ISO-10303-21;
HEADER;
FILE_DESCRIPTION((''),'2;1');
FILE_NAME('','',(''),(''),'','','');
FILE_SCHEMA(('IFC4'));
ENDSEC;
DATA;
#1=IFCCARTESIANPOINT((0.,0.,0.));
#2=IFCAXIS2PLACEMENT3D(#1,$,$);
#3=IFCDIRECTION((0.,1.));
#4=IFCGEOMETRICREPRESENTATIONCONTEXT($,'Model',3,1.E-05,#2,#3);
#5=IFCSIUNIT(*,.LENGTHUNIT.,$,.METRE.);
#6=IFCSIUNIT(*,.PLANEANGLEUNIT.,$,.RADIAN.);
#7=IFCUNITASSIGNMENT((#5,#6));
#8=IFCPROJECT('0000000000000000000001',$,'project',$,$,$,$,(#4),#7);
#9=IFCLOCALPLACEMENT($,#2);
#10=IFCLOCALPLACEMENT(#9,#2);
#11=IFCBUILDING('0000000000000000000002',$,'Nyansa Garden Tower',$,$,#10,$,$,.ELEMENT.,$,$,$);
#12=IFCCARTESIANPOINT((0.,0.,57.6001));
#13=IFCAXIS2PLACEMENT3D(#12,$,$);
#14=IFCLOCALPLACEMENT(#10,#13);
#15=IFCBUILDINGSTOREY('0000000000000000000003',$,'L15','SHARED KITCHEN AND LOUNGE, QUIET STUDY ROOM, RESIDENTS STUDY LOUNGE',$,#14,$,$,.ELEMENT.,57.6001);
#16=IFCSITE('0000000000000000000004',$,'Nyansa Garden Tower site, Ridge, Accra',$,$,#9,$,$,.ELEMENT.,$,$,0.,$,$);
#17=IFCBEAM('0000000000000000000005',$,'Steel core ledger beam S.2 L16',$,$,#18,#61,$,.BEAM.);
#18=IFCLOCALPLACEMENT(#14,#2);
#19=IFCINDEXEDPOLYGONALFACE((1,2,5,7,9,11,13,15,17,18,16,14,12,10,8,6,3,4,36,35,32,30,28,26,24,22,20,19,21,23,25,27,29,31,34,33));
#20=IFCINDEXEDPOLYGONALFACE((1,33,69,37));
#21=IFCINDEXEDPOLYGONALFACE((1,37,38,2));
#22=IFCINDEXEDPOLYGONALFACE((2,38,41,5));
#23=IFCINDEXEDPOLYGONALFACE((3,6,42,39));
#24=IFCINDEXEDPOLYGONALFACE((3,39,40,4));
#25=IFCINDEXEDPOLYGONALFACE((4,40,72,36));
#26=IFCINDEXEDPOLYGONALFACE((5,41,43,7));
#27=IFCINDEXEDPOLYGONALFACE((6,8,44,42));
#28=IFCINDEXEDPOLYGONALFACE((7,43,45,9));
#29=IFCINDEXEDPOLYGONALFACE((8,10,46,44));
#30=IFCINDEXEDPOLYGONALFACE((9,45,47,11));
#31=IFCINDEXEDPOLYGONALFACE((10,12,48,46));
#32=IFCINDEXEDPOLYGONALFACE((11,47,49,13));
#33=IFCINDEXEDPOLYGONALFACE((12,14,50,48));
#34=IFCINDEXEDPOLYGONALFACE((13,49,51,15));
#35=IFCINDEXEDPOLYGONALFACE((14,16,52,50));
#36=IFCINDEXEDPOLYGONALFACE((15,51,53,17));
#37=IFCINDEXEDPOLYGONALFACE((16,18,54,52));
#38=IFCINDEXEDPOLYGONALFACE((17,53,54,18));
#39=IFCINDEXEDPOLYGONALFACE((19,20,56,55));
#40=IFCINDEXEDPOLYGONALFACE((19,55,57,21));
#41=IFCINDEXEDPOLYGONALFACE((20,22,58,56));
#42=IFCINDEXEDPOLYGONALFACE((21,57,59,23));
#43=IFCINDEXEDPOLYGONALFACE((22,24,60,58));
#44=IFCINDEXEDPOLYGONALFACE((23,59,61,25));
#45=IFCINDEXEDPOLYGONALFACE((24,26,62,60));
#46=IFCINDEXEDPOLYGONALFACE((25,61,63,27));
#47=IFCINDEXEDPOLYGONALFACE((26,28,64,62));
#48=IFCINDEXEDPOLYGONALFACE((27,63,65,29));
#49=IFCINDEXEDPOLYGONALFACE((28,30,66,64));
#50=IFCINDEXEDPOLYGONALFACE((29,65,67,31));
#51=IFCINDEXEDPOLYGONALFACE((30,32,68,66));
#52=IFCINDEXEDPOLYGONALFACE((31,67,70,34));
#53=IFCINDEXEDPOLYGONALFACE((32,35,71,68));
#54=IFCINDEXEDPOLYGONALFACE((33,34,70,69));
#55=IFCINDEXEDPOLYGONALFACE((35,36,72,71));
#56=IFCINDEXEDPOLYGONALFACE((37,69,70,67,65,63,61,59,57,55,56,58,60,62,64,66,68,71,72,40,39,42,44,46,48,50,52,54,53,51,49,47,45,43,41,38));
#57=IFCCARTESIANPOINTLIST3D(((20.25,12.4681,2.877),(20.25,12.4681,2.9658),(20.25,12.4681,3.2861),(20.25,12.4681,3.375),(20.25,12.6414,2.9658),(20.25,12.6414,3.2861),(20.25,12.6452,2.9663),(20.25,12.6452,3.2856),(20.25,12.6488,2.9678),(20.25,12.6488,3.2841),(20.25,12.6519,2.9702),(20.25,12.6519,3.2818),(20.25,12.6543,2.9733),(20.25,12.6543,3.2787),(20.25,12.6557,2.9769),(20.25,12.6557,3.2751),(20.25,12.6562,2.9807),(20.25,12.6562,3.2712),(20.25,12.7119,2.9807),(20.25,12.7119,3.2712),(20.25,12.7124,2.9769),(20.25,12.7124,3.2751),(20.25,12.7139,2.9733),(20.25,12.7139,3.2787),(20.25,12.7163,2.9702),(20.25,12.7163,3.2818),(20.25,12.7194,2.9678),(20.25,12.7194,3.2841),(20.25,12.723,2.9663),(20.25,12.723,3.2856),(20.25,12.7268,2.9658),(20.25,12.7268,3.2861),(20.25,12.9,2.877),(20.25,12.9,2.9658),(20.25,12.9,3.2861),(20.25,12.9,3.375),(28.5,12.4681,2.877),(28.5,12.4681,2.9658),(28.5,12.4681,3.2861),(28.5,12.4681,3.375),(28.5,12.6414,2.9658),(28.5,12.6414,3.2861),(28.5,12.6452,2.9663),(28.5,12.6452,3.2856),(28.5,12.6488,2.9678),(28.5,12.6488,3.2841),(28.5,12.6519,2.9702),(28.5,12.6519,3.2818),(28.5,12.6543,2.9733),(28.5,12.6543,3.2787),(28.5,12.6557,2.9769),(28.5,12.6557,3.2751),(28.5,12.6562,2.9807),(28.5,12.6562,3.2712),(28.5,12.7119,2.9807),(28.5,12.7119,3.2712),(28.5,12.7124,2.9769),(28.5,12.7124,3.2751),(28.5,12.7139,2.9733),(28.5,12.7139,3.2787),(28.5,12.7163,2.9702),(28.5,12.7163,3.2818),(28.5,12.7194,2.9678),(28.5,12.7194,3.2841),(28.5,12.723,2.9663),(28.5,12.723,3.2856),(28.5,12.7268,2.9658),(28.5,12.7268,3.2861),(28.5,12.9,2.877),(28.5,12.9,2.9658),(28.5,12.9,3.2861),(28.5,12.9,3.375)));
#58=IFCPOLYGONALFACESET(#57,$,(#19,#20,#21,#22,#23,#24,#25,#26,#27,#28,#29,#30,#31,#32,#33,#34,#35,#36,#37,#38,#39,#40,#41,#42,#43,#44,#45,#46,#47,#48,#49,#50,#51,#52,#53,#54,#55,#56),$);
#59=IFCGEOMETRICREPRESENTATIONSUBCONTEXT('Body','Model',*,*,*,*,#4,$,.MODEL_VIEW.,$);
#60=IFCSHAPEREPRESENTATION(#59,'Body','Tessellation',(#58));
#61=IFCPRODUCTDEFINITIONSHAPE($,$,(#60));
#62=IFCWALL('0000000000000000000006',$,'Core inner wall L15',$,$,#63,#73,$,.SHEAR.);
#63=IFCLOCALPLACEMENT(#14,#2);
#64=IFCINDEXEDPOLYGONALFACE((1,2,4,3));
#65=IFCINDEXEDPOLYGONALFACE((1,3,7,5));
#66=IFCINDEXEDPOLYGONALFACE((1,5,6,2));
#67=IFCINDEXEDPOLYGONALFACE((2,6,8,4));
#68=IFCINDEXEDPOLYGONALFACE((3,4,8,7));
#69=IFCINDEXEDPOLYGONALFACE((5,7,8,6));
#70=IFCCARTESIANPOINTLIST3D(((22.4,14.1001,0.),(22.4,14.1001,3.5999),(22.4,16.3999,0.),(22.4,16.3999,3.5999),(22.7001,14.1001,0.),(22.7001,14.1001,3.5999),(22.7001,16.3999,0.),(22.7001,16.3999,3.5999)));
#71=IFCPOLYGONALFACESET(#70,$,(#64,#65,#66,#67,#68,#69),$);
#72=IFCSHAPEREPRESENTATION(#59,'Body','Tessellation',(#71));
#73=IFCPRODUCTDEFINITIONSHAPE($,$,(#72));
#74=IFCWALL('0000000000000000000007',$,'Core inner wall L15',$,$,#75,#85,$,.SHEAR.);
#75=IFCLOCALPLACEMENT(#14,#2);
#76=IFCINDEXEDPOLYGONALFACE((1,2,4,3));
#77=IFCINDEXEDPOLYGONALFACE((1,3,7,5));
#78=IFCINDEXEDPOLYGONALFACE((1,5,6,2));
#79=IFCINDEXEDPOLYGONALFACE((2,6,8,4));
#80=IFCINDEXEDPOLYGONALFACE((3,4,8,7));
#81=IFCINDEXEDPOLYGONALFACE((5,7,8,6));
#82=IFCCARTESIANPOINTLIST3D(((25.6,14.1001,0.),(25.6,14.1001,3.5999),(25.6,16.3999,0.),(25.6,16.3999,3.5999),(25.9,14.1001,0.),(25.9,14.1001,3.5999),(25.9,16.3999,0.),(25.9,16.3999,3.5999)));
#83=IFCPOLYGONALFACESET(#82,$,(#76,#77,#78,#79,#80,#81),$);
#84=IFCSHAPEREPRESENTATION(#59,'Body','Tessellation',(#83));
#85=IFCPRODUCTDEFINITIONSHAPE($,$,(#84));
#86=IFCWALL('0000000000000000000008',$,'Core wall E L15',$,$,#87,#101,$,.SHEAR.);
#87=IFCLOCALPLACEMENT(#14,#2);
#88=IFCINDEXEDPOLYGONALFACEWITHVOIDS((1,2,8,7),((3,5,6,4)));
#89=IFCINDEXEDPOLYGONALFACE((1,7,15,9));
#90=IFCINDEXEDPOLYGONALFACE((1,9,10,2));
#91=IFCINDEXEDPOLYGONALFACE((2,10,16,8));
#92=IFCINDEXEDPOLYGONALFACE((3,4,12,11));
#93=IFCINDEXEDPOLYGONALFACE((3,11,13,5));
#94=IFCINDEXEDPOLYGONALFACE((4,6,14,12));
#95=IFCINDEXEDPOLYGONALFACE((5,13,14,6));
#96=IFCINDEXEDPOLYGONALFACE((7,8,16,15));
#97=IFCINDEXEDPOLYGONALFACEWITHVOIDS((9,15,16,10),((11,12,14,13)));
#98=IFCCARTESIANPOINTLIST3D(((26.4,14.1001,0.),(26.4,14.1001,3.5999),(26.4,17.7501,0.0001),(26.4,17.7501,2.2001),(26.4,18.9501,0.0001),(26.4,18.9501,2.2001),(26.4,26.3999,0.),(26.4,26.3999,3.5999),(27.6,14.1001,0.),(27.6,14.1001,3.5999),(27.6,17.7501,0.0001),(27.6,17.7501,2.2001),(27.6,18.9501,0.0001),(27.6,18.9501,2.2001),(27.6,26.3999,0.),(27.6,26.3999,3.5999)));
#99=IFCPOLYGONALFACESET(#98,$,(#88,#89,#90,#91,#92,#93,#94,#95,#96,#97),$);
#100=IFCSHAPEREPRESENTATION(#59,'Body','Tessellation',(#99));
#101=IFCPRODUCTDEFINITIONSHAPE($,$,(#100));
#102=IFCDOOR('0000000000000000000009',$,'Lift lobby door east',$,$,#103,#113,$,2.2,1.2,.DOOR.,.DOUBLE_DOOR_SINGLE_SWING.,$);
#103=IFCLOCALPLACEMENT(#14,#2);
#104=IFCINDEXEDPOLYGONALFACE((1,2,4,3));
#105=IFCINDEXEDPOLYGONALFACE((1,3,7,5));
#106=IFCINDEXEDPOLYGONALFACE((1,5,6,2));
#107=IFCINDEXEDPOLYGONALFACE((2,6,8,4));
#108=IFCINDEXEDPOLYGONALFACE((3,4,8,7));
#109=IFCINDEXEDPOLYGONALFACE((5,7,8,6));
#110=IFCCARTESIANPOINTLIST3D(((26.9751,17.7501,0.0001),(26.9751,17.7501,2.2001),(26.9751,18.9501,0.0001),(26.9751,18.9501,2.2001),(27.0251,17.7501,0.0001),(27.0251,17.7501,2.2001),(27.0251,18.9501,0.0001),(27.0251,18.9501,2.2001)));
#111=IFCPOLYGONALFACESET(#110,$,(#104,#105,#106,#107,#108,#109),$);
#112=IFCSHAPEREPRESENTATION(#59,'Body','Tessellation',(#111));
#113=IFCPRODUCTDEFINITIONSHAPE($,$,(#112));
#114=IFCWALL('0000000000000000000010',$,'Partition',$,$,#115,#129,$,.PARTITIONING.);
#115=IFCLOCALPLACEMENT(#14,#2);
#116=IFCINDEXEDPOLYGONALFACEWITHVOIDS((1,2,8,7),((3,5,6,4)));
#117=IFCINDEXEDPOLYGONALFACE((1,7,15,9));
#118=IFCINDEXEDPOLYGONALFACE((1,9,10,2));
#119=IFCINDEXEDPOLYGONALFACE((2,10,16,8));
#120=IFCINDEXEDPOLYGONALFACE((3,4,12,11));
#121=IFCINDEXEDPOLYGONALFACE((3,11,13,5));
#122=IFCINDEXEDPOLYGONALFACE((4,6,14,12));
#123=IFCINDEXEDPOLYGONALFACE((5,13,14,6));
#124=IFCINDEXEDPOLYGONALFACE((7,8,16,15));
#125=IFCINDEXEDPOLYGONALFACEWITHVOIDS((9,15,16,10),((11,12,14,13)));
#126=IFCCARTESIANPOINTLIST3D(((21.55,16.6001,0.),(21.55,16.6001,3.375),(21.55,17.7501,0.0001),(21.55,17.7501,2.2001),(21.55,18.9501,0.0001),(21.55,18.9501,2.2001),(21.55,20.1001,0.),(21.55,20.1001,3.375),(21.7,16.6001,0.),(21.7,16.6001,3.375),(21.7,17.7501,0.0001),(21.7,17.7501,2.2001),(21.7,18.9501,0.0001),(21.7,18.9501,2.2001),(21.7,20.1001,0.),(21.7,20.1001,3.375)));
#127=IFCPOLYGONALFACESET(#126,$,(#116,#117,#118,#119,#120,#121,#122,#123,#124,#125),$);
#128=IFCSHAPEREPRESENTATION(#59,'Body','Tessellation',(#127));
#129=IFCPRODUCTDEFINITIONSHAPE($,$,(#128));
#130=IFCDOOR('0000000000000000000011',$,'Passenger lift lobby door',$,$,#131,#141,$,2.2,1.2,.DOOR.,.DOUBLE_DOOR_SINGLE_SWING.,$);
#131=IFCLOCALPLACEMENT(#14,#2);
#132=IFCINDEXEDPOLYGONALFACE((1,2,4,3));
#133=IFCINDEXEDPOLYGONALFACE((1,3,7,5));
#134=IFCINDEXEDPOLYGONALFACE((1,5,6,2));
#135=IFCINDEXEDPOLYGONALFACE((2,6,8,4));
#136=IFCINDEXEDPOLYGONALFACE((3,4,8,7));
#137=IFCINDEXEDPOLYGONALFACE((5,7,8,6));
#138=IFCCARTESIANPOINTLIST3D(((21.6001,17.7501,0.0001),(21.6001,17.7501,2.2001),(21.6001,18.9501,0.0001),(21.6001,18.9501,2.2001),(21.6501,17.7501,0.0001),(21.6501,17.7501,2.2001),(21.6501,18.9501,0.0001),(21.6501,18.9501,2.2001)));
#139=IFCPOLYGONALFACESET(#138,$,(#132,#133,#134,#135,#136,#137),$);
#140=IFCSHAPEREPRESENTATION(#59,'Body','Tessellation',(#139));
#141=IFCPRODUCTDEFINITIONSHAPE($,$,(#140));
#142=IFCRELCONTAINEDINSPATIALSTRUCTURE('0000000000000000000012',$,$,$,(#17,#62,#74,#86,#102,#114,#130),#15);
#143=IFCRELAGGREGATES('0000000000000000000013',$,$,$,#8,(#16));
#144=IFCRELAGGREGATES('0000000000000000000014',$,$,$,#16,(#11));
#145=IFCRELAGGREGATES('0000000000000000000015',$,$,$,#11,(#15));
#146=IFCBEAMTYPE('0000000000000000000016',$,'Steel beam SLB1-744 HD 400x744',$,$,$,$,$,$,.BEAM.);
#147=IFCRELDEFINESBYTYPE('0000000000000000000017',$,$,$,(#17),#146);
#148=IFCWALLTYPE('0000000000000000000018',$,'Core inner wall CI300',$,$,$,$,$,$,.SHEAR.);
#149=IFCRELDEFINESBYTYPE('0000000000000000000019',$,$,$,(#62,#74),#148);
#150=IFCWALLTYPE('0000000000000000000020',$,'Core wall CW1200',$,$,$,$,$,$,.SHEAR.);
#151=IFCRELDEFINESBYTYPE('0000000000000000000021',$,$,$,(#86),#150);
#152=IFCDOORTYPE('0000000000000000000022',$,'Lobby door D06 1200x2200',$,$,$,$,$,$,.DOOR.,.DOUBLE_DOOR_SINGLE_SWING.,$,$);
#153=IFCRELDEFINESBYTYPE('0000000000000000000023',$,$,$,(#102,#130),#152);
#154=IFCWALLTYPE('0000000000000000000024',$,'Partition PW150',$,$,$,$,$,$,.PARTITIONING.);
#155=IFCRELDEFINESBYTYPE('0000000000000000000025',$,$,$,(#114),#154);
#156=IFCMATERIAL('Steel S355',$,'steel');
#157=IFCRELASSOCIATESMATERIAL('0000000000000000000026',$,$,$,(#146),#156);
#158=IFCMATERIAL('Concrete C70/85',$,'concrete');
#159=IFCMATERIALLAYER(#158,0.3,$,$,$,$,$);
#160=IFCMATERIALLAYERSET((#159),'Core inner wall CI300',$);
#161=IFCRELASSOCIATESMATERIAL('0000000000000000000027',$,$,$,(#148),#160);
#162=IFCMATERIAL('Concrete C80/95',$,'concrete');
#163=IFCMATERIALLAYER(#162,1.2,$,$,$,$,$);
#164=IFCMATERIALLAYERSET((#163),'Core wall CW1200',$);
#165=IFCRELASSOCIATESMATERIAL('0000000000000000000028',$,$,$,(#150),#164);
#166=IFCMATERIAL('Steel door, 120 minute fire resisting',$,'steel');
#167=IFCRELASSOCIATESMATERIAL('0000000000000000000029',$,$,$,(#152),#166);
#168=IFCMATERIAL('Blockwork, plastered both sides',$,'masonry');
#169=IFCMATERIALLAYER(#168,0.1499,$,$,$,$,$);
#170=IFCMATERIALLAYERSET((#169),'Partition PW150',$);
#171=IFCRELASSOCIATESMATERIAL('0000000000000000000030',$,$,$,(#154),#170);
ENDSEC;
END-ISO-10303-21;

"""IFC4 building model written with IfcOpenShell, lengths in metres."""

from ifc_helpers import new_model, si_unit, direction, frame, frame_2d, origin, origin_2d, place, context, subcontext, project, spatial, rectangle, i_section, extrude, material, layer, layer_set, material_profile, profile_set, type_object, element, fill, save


model = new_model("IFC4")

# Units and contexts
model_context = context("Model", 3, precision=1e-05, world=origin(), true_north=direction((0.0, 1.0)))
body_context = subcontext(model_context, "Body", "Model", "MODEL_VIEW")
ifc_project = project(units=[si_unit("LENGTHUNIT", "METRE"), si_unit("PLANEANGLEUNIT", "RADIAN")], contexts=[model_context])

# Site, building, storey
site_placement = place(None, origin())
site = spatial("IfcSite", under=ifc_project, at=site_placement, Name="Nyansa Garden Tower site, Ridge, Accra", CompositionType="ELEMENT", RefElevation=0.0)
building_placement = place(site_placement, origin())
building = spatial("IfcBuilding", under=site, at=building_placement, Name="Nyansa Garden Tower", CompositionType="ELEMENT")
storey_placement = place(building_placement, frame((0.0, 0.0, 57.6001)))
storey = spatial("IfcBuildingStorey", under=building, at=storey_placement, Name="L15", Description="SHARED KITCHEN AND LOUNGE, QUIET STUDY ROOM, RESIDENTS STUDY LOUNGE", CompositionType="ELEMENT", Elevation=57.6001)

# Beam
ifc_material_1 = material(Name="Steel S355", Category="steel")
ifc_material_profile_1 = material_profile(ifc_material_1, i_section(OverallWidth=0.4319, OverallDepth=0.498, WebThickness=0.0557, FlangeThickness=0.0889, FilletRadius=0.0149, at=origin_2d()), Name="HD 400x744")
ifc_profile_set_1 = profile_set([ifc_material_profile_1], Name="Steel S355")
beam_type_1 = type_object("IfcBeamType", Name="Steel beam SLB1-744 HD 400x744", PredefinedType="BEAM", material=ifc_profile_set_1)
beam_1_placement = place(storey_placement, frame((20.25, 12.6841, 3.126), z_axis=(1.0, 0.0, 0.0), x_axis=(0.0, 1.0, 0.0)))
element("IfcBeam", 1, at=beam_1_placement, inside=storey, type_object=beam_type_1, Name="Steel core ledger beam S.2 L16", PredefinedType="BEAM", context=body_context, shape_type="SweptSolid", body=[
    extrude(i_section(OverallWidth=0.4319, OverallDepth=0.498, WebThickness=0.0557, FlangeThickness=0.0889, FilletRadius=0.0149, at=origin_2d()), origin(), (0.0, 0.0, 1.0), 8.25),
])

# Walls
ifc_material_2 = material(Name="Concrete C70/85", Category="concrete")
ifc_layer_1 = layer(ifc_material_2, 0.3)
ifc_layer_set_1 = layer_set([ifc_layer_1], Name="Core inner wall CI300")
wall_type_1 = type_object("IfcWallType", Name="Core inner wall CI300", PredefinedType="SHEAR", material=ifc_layer_set_1)
for number, where, z_axis, x_axis, name in (
    (2, (22.55, 14.1001, 0.0), (0.0, 0.0, 1.0), (0.0, 1.0, 0.0), "Core inner wall L15"),
    (3, (25.75, 14.1001, 0.0), (0.0, 0.0, 1.0), (0.0, 1.0, 0.0), "Core inner wall L15"),
):
    element("IfcWall", number, at=place(storey_placement, frame(where, z_axis=z_axis, x_axis=x_axis)), inside=storey, type_object=wall_type_1, Name=name, PredefinedType="SHEAR", context=body_context, shape_type="SweptSolid", body=[
        extrude(rectangle(XDim=2.2998, YDim=0.3, at=frame_2d((1.1499, 0.0))), origin(), (0.0, 0.0, 1.0), 3.5999),
    ])

# Walls, openings, doors
ifc_material_3 = material(Name="Concrete C80/95", Category="concrete")
ifc_layer_2 = layer(ifc_material_3, 1.2)
ifc_layer_set_2 = layer_set([ifc_layer_2], Name="Core wall CW1200")
wall_type_2 = type_object("IfcWallType", Name="Core wall CW1200", PredefinedType="SHEAR", material=ifc_layer_set_2)
wall_1_placement = place(storey_placement, frame((27.0, 14.1001, 0.0), z_axis=(0.0, 0.0, 1.0), x_axis=(0.0, 1.0, 0.0)))
wall_1 = element("IfcWall", 4, at=wall_1_placement, inside=storey, type_object=wall_type_2, Name="Core wall E L15", PredefinedType="SHEAR", context=body_context, shape_type="SweptSolid", body=[
    extrude(rectangle(XDim=12.2998, YDim=1.2, at=frame_2d((6.1499, 0.0))), origin(), (0.0, 0.0, 1.0), 3.5999),
])
opening_1_placement = place(wall_1_placement, frame((3.6499, 0.0, 0.0)))
opening_1 = element("IfcOpeningElement", 5, at=opening_1_placement, cuts=wall_1, PredefinedType="OPENING", context=body_context, shape_type="SweptSolid", body=[
    extrude(rectangle(XDim=1.2, YDim=2.2, at=frame_2d((0.6001, 1.1001))), frame((0.0, 0.6099, 0.0), z_axis=(0.0, -1.0, 0.0), x_axis=(1.0, 0.0, 0.0)), (0.0, 0.0, 1.0), 1.22),
])
ifc_material_4 = material(Name="Steel door, 120 minute fire resisting", Category="steel")
door_type = type_object("IfcDoorType", Name="Lobby door D06 1200x2200", OperationType="DOUBLE_DOOR_SINGLE_SWING", PredefinedType="DOOR", material=ifc_material_4)
door_1_placement = place(opening_1_placement, origin())
door_1 = element("IfcDoor", 6, at=door_1_placement, inside=storey, type_object=door_type, Name="Lift lobby door east", OperationType="DOUBLE_DOOR_SINGLE_SWING", OverallHeight=2.2, OverallWidth=1.2, PredefinedType="DOOR", context=body_context, shape_type="SweptSolid", body=[
    extrude(rectangle(XDim=1.2, YDim=2.2, at=frame_2d((0.6001, 1.1001))), frame((0.0, 0.0249, 0.0), z_axis=(0.0, -1.0, 0.0), x_axis=(1.0, 0.0, 0.0)), (0.0, 0.0, 1.0), 0.05),
])
fill(opening_1, door_1)
ifc_material_5 = material(Name="Blockwork, plastered both sides", Category="masonry")
ifc_layer_3 = layer(ifc_material_5, 0.1499)
ifc_layer_set_3 = layer_set([ifc_layer_3], Name="Partition PW150")
wall_type_3 = type_object("IfcWallType", Name="Partition PW150", PredefinedType="PARTITIONING", material=ifc_layer_set_3)
wall_2_placement = place(storey_placement, frame((21.625, 16.6001, 0.0), z_axis=(0.0, 0.0, 1.0), x_axis=(0.0, 1.0, 0.0)))
wall_2 = element("IfcWall", 7, at=wall_2_placement, inside=storey, type_object=wall_type_3, Name="Partition", PredefinedType="PARTITIONING", context=body_context, shape_type="SweptSolid", body=[
    extrude(rectangle(XDim=3.5, YDim=0.1499, at=frame_2d((1.75, 0.0))), origin(), (0.0, 0.0, 1.0), 3.375),
])
opening_2_placement = place(wall_2_placement, frame((1.1499, 0.0, 0.0)))
opening_2 = element("IfcOpeningElement", 8, at=opening_2_placement, cuts=wall_2, PredefinedType="OPENING", context=body_context, shape_type="SweptSolid", body=[
    extrude(rectangle(XDim=1.2, YDim=2.2, at=frame_2d((0.6001, 1.1001))), frame((0.0, 0.085, 0.0), z_axis=(0.0, -1.0, 0.0), x_axis=(1.0, 0.0, 0.0)), (0.0, 0.0, 1.0), 0.1699),
])
door_2_placement = place(opening_2_placement, origin())
door_2 = element("IfcDoor", 9, at=door_2_placement, inside=storey, type_object=door_type, Name="Passenger lift lobby door", OperationType="DOUBLE_DOOR_SINGLE_SWING", OverallHeight=2.2, OverallWidth=1.2, PredefinedType="DOOR", context=body_context, shape_type="SweptSolid", body=[
    extrude(rectangle(XDim=1.2, YDim=2.2, at=frame_2d((0.6001, 1.1001))), frame((0.0, 0.0249, 0.0), z_axis=(0.0, -1.0, 0.0), x_axis=(1.0, 0.0, 0.0)), (0.0, 0.0, 1.0), 0.05),
])
fill(opening_2, door_2)

save(model, "model.ifc")
